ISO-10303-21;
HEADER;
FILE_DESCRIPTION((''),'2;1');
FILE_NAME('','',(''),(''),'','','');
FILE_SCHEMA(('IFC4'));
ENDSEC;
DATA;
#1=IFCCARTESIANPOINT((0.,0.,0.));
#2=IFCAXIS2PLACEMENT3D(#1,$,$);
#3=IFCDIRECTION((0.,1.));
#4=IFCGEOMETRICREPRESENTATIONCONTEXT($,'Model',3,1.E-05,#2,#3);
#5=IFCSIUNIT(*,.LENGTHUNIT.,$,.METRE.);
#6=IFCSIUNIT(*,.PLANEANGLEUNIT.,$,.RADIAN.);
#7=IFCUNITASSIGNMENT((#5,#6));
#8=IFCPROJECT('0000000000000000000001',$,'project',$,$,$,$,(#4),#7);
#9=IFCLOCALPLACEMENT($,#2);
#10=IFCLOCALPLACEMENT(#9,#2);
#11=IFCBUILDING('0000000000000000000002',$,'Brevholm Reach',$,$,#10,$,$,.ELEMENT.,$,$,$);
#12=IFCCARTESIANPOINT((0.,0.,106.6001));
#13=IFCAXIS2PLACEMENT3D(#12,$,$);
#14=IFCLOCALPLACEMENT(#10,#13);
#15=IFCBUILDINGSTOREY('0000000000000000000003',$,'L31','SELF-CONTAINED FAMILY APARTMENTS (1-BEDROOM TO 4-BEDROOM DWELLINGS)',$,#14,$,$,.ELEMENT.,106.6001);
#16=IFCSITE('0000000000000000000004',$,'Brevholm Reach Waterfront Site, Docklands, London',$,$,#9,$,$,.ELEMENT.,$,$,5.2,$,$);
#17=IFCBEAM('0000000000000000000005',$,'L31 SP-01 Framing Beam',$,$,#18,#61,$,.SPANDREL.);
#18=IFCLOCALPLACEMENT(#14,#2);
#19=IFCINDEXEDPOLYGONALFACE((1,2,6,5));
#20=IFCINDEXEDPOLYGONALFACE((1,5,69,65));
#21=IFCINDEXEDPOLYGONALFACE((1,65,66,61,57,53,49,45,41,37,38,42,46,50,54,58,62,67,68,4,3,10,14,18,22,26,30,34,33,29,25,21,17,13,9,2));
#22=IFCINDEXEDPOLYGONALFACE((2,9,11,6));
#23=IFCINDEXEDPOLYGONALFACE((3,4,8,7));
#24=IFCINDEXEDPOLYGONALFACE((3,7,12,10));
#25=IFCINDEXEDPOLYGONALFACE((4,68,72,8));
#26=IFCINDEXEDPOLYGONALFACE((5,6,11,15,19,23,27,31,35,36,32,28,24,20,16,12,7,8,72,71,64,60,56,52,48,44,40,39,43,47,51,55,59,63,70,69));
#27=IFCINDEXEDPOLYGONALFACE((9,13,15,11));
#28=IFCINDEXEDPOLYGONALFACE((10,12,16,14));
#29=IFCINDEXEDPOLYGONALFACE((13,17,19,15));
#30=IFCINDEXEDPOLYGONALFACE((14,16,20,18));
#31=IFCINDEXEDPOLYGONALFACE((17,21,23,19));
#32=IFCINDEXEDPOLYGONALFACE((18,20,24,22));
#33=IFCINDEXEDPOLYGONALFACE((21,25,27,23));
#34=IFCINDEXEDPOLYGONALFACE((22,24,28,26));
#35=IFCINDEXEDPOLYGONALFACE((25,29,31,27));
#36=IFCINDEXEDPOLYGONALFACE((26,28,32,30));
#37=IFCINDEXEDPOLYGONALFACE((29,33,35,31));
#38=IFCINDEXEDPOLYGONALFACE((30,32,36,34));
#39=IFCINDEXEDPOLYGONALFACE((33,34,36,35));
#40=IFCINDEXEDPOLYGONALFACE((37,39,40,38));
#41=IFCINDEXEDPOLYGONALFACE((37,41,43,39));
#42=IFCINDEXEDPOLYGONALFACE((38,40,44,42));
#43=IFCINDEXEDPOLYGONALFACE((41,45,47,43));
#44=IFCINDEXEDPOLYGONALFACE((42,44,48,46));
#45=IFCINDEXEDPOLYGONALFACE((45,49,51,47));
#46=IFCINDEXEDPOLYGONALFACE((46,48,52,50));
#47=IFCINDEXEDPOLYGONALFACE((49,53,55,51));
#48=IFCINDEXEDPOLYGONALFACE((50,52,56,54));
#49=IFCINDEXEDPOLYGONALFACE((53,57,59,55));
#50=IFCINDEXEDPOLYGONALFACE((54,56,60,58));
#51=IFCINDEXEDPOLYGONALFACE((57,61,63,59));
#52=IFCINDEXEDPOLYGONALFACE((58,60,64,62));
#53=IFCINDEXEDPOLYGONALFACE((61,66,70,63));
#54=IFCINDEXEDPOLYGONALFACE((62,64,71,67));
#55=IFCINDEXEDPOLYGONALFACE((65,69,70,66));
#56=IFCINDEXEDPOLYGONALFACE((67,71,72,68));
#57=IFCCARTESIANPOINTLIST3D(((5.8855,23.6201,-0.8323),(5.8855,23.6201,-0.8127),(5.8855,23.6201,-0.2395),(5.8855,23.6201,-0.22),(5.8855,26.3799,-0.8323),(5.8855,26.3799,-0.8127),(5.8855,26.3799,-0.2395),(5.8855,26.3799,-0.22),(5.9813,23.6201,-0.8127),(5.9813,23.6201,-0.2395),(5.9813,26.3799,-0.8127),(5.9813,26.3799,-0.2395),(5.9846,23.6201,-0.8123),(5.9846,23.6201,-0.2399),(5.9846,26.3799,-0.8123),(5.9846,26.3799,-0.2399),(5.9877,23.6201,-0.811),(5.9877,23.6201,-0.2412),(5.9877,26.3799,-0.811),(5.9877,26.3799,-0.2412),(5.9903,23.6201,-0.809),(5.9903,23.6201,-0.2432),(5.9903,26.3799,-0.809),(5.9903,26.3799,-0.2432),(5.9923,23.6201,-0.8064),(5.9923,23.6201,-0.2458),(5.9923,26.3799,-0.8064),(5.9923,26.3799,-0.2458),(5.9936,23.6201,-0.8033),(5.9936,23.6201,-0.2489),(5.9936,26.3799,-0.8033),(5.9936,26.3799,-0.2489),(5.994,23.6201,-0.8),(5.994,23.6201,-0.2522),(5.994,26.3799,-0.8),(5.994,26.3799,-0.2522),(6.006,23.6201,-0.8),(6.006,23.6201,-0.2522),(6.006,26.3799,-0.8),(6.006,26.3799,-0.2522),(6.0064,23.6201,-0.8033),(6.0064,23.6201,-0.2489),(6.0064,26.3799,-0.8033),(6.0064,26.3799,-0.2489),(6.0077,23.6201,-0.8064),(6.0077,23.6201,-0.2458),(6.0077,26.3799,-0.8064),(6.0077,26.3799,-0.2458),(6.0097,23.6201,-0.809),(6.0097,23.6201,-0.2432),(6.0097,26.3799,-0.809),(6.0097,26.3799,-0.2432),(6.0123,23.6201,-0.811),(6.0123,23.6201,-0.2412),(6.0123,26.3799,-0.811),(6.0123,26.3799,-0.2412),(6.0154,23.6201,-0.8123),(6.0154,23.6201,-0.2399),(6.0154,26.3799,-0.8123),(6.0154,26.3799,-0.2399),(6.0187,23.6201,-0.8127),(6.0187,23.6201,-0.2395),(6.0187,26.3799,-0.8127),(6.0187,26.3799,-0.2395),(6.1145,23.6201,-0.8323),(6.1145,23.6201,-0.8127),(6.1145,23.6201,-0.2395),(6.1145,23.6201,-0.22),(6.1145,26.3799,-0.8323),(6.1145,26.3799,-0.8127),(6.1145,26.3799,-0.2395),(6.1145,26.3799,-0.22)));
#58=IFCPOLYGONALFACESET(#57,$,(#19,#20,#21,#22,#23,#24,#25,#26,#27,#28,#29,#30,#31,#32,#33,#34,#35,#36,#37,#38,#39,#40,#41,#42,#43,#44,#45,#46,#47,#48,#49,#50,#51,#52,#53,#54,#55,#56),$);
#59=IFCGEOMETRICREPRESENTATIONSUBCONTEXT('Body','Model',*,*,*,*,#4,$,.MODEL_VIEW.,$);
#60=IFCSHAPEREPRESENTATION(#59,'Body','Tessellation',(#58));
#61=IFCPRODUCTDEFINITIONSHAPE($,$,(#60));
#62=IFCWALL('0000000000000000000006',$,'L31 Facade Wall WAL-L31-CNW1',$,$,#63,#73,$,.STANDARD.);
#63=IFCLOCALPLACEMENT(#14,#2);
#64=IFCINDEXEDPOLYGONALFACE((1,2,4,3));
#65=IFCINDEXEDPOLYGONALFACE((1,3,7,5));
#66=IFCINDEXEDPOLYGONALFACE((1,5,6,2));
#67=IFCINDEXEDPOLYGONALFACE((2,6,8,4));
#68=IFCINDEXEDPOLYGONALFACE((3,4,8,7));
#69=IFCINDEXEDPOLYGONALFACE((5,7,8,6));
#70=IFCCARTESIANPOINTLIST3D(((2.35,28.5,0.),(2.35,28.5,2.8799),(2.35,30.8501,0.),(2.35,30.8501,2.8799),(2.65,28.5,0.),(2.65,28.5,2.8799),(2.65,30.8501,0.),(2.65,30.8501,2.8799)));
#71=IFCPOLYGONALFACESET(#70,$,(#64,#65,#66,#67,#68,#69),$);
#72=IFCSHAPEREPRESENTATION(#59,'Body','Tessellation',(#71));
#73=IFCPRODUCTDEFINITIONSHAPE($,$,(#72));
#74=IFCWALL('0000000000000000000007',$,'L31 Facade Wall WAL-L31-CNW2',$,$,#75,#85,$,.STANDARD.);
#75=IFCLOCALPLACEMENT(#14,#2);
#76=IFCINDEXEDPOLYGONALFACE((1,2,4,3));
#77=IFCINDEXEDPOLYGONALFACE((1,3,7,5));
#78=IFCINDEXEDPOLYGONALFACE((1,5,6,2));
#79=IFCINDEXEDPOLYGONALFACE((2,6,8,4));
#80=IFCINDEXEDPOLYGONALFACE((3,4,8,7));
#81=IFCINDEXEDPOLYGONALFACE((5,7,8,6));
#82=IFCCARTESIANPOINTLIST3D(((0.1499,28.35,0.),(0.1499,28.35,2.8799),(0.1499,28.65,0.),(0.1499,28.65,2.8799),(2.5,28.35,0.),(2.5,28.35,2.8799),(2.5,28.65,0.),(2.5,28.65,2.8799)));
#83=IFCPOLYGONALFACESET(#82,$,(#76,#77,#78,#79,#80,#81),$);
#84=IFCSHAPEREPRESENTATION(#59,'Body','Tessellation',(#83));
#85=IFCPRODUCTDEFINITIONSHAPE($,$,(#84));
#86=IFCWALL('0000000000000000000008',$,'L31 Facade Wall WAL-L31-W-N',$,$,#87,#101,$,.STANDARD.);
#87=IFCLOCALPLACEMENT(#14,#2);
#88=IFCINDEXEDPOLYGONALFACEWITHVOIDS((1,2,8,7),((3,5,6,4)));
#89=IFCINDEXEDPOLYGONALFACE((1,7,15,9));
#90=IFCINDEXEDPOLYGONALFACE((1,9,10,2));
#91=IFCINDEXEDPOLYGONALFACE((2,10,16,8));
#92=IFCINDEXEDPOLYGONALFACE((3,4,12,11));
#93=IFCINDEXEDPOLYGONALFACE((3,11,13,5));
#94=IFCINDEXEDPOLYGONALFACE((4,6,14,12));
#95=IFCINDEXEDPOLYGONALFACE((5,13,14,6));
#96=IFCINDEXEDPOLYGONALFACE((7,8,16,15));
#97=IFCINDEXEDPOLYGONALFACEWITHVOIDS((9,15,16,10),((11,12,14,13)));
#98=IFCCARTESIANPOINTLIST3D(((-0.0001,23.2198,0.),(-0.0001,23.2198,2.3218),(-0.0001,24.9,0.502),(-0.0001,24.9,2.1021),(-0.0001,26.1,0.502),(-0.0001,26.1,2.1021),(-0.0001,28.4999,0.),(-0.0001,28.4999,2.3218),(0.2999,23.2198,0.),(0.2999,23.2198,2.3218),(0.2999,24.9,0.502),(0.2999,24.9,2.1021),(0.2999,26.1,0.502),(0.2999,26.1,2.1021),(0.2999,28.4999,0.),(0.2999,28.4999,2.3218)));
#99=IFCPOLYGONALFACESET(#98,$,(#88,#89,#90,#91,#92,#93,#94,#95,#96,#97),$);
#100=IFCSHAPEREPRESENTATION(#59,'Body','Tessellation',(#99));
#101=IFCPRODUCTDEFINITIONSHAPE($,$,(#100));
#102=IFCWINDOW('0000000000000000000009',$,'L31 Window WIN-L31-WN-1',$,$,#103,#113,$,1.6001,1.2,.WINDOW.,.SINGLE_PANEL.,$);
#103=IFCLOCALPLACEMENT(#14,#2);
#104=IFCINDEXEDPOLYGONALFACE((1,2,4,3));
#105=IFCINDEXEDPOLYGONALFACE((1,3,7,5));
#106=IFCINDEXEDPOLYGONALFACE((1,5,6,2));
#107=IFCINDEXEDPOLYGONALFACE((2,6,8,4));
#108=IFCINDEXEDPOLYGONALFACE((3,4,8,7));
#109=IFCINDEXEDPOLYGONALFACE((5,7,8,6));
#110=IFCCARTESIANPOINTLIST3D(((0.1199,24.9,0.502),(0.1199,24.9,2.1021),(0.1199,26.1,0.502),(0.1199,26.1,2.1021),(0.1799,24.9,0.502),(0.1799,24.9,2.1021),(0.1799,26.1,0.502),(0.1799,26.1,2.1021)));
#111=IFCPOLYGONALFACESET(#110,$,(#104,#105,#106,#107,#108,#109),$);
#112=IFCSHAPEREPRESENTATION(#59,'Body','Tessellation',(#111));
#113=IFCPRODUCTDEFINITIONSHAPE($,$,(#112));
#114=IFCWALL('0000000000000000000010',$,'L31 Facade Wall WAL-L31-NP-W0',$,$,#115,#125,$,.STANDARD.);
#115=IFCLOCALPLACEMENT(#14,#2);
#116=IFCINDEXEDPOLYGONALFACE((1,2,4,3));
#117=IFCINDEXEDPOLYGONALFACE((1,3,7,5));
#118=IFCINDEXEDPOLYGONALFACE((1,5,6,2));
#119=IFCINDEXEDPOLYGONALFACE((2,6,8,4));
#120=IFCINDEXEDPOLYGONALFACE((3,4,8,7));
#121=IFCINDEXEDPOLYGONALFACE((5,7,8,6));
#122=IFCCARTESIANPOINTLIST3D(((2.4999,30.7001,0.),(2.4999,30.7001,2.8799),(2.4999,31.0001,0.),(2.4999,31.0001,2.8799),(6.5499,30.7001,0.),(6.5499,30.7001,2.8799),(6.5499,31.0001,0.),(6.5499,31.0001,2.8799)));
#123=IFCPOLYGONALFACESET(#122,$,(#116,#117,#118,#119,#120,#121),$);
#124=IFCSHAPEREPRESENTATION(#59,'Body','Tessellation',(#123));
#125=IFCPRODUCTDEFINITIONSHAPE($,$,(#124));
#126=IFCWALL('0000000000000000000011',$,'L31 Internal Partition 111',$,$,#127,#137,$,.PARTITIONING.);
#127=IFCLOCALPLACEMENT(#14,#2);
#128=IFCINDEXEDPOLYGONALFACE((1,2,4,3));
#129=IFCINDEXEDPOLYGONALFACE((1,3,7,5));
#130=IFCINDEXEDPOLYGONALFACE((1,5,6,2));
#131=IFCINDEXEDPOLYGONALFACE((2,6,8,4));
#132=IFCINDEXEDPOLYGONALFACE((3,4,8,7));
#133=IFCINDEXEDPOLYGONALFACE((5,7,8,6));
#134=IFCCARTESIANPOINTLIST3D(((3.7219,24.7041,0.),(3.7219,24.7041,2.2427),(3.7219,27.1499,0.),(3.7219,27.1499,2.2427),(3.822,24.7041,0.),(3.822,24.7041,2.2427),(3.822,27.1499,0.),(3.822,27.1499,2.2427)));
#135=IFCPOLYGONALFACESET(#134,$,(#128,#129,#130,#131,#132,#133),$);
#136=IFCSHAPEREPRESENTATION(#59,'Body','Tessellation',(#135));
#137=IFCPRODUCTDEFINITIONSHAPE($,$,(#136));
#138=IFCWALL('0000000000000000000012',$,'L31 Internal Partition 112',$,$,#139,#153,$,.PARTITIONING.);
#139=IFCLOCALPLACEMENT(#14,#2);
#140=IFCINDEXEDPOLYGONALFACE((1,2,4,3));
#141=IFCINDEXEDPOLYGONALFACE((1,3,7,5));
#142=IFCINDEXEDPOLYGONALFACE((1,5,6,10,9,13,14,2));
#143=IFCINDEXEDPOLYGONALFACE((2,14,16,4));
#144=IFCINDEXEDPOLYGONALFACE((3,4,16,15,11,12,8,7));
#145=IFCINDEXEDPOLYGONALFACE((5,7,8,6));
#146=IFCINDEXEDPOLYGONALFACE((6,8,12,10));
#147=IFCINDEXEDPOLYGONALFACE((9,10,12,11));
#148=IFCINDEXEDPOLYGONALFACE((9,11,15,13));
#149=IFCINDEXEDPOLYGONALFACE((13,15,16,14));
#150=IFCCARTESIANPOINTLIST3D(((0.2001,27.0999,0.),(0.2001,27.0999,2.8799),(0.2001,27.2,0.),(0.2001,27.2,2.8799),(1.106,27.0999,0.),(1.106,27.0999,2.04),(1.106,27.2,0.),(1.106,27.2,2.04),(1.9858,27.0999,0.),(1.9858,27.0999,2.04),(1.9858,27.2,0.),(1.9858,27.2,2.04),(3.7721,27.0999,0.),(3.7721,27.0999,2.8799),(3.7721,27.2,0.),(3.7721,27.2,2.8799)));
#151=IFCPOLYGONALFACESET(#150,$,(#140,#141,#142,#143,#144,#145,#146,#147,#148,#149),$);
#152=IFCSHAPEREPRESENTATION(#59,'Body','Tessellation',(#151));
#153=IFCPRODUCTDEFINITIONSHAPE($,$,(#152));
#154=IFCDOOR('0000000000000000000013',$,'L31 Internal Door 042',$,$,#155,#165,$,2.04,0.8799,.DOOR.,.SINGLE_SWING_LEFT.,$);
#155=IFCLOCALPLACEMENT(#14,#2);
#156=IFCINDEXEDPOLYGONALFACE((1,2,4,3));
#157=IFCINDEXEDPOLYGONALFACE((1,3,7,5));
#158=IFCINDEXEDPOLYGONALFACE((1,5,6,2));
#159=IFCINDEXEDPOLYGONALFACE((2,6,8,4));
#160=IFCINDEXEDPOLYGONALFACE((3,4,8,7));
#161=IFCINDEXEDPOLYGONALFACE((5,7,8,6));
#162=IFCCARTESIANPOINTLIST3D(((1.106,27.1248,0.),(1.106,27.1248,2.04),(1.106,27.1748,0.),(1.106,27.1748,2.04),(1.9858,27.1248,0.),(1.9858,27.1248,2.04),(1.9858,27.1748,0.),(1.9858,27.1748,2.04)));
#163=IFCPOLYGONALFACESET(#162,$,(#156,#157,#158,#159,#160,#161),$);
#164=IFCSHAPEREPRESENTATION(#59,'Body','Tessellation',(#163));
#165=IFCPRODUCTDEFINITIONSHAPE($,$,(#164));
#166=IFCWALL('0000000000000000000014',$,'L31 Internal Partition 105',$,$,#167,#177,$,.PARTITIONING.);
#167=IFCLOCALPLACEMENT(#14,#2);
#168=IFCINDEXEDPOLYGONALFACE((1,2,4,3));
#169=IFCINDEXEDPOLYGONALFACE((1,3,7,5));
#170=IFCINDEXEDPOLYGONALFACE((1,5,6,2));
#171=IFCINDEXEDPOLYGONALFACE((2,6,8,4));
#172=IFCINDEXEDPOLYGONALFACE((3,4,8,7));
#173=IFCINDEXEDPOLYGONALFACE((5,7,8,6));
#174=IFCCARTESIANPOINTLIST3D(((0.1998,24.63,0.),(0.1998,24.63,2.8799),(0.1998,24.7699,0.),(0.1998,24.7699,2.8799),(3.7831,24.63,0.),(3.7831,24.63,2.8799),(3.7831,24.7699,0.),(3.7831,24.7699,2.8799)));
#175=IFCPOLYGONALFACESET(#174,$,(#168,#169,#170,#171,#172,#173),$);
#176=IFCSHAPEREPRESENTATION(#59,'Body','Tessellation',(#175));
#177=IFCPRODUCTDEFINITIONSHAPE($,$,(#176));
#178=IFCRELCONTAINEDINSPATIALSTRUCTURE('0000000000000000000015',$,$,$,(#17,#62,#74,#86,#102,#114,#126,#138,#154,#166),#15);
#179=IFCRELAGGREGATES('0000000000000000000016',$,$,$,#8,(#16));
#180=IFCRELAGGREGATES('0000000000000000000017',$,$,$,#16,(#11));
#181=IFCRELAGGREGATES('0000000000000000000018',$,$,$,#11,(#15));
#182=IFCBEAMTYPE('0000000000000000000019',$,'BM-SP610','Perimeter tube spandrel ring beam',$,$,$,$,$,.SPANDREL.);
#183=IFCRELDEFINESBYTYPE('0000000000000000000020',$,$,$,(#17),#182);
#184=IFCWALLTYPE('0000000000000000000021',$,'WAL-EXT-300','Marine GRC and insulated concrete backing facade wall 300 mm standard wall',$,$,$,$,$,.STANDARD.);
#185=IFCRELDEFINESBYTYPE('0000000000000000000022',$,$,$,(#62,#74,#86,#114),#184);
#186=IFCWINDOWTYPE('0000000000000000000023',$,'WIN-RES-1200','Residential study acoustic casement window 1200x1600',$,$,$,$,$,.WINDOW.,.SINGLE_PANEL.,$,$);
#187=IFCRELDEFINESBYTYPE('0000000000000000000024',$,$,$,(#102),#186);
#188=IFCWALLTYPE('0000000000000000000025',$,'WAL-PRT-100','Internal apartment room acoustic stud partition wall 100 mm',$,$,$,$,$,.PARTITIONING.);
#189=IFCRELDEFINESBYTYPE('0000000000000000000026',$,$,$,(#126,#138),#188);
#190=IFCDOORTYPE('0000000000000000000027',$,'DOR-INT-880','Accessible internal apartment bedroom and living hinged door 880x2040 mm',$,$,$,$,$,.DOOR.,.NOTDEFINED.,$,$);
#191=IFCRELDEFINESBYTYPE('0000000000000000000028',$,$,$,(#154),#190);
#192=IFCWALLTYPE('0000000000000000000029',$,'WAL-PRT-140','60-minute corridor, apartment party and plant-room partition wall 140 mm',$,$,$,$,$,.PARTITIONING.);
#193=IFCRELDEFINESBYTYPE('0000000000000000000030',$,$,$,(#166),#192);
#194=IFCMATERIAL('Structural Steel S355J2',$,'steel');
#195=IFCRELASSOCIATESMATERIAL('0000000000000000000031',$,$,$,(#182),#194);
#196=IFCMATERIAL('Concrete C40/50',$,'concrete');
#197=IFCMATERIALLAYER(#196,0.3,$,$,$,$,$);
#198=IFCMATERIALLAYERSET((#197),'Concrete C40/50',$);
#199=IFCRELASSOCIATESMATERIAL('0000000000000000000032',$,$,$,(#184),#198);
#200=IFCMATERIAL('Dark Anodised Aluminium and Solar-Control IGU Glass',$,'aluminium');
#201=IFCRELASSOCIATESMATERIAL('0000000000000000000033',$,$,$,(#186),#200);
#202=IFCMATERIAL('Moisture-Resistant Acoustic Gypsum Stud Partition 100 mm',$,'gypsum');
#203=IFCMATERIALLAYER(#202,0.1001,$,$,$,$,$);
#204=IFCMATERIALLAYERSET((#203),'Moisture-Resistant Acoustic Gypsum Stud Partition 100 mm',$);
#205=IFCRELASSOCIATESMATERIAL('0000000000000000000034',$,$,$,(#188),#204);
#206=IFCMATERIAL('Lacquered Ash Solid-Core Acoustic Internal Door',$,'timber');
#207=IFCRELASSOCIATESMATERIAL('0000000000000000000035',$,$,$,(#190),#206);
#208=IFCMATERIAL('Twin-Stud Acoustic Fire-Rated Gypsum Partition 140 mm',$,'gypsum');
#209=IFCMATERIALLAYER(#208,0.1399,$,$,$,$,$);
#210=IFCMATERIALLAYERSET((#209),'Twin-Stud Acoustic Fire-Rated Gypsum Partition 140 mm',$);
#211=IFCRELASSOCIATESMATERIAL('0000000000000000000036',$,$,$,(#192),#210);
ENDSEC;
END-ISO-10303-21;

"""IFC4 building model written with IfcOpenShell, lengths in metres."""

from ifc_helpers import new_model, si_unit, direction, frame, frame_2d, origin, origin_2d, place, context, subcontext, project, spatial, rectangle, i_section, extrude, material, layer, layer_set, material_profile, profile_set, type_object, element, fill, save


model = new_model("IFC4")

# Units and contexts
model_context = context("Model", 3, precision=1e-05, world=origin(), true_north=direction((0.0, 1.0)))
body_context = subcontext(model_context, "Body", "Model", "MODEL_VIEW")
ifc_project = project(units=[si_unit("LENGTHUNIT", "METRE"), si_unit("PLANEANGLEUNIT", "RADIAN")], contexts=[model_context])

# Site, building, storey
site_placement = place(None, origin())
site = spatial("IfcSite", under=ifc_project, at=site_placement, Name="Brevholm Reach Waterfront Site, Docklands, London", CompositionType="ELEMENT", RefElevation=5.2)
building_placement = place(site_placement, origin())
building = spatial("IfcBuilding", under=site, at=building_placement, Name="Brevholm Reach", CompositionType="ELEMENT")
storey_placement = place(building_placement, frame((0.0, 0.0, 106.6001)))
storey = spatial("IfcBuildingStorey", under=building, at=storey_placement, Name="L31", Description="SELF-CONTAINED FAMILY APARTMENTS (1-BEDROOM TO 4-BEDROOM DWELLINGS)", CompositionType="ELEMENT", Elevation=106.6001)

# Beam
ifc_material_1 = material(Name="Structural Steel S355J2", Category="steel")
ifc_material_profile_1 = material_profile(ifc_material_1, i_section(OverallWidth=0.229, OverallDepth=0.6123, WebThickness=0.012, FlangeThickness=0.0195, FilletRadius=0.0127, at=origin_2d()), Name="UKB 610x229x125")
ifc_profile_set_1 = profile_set([ifc_material_profile_1], Name="Structural Steel S355J2")
beam_type_1 = type_object("IfcBeamType", Name="BM-SP610", Description="Perimeter tube spandrel ring beam", PredefinedType="SPANDREL", material=ifc_profile_set_1)
beam_1_placement = place(storey_placement, frame((6.0, 23.6201, -0.5261), z_axis=(0.0, 1.0, 0.0), x_axis=(-1.0, 0.0, 0.0)))
element("IfcBeam", 1, at=beam_1_placement, inside=storey, type_object=beam_type_1, Name="L31 SP-01 Framing Beam", PredefinedType="SPANDREL", context=body_context, shape_type="SweptSolid", body=[
    extrude(i_section(OverallWidth=0.229, OverallDepth=0.6123, WebThickness=0.012, FlangeThickness=0.0195, FilletRadius=0.0127, at=origin_2d()), origin(), (0.0, 0.0, 1.0), 2.7598),
])

# Walls
ifc_material_2 = material(Name="Concrete C40/50", Category="concrete")
ifc_layer_1 = layer(ifc_material_2, 0.3)
ifc_layer_set_1 = layer_set([ifc_layer_1], Name="Concrete C40/50")
wall_type_1 = type_object("IfcWallType", Name="WAL-EXT-300", Description="Marine GRC and insulated concrete backing facade wall 300 mm standard wall", PredefinedType="STANDARD", material=ifc_layer_set_1)
for number, where, z_axis, x_axis, name in (
    (2, (2.5, 30.8501, 0.0), (0.0, 0.0, 1.0), (0.0, -1.0, 0.0), "L31 Facade Wall WAL-L31-CNW1"),
    (3, (2.5, 28.5, 0.0), (0.0, 0.0, 1.0), (-1.0, 0.0, 0.0), "L31 Facade Wall WAL-L31-CNW2"),
):
    element("IfcWall", number, at=place(storey_placement, frame(where, z_axis=z_axis, x_axis=x_axis)), inside=storey, type_object=wall_type_1, Name=name, PredefinedType="STANDARD", context=body_context, shape_type="SweptSolid", body=[
        extrude(rectangle(XDim=2.3501, YDim=0.3, at=frame_2d((1.175, 0.0))), origin(), (0.0, 0.0, 1.0), 2.8799),
    ])

# Wall, opening, window
wall_1_placement = place(storey_placement, frame((0.1499, 28.5, 0.0), z_axis=(0.0, 0.0, 1.0), x_axis=(0.0, -1.0, 0.0)))
wall_1 = element("IfcWall", 4, at=wall_1_placement, inside=storey, type_object=wall_type_1, Name="L31 Facade Wall WAL-L31-W-N", PredefinedType="STANDARD", context=body_context, shape_type="SweptSolid", body=[
    extrude(rectangle(XDim=5.28, YDim=0.3, at=frame_2d((2.6401, 0.0))), origin(), (0.0, 0.0, 1.0), 2.3218),
])
opening_1_placement = place(wall_1_placement, frame((2.3999, 0.0, 0.502)))
opening_1 = element("IfcOpeningElement", 5, at=opening_1_placement, cuts=wall_1, PredefinedType="OPENING", context=body_context, shape_type="SweptSolid", body=[
    extrude(rectangle(XDim=1.2, YDim=1.6001, at=frame_2d((0.6001, 0.8))), frame((0.0, 0.1599, 0.0), z_axis=(0.0, -1.0, 0.0), x_axis=(1.0, 0.0, 0.0)), (0.0, 0.0, 1.0), 0.3201),
])
ifc_material_3 = material(Name="Dark Anodised Aluminium and Solar-Control IGU Glass", Category="aluminium")
window_type = type_object("IfcWindowType", Name="WIN-RES-1200", Description="Residential study acoustic casement window 1200x1600", PartitioningType="SINGLE_PANEL", PredefinedType="WINDOW", material=ifc_material_3)
window_placement = place(opening_1_placement, origin())
window = element("IfcWindow", 6, at=window_placement, inside=storey, type_object=window_type, Name="L31 Window WIN-L31-WN-1", OverallHeight=1.6001, OverallWidth=1.2, PartitioningType="SINGLE_PANEL", PredefinedType="WINDOW", context=body_context, shape_type="SweptSolid", body=[
    extrude(rectangle(XDim=1.2, YDim=1.6001, at=frame_2d((0.6001, 0.8))), frame((0.0, 0.03, 0.0), z_axis=(0.0, -1.0, 0.0), x_axis=(1.0, 0.0, 0.0)), (0.0, 0.0, 1.0), 0.0601),
])
fill(opening_1, window)

# Walls
wall_2_placement = place(storey_placement, frame((2.5, 30.8501, 0.0), z_axis=(0.0, 0.0, 1.0), x_axis=(1.0, 0.0, 0.0)))
element("IfcWall", 7, at=wall_2_placement, inside=storey, type_object=wall_type_1, Name="L31 Facade Wall WAL-L31-NP-W0", PredefinedType="STANDARD", context=body_context, shape_type="SweptSolid", body=[
    extrude(rectangle(XDim=4.05, YDim=0.3, at=frame_2d((2.0249, 0.0))), origin(), (0.0, 0.0, 1.0), 2.8799),
])
ifc_material_4 = material(Name="Moisture-Resistant Acoustic Gypsum Stud Partition 100 mm", Category="gypsum")
ifc_layer_2 = layer(ifc_material_4, 0.1001)
ifc_layer_set_2 = layer_set([ifc_layer_2], Name="Moisture-Resistant Acoustic Gypsum Stud Partition 100 mm")
wall_type_2 = type_object("IfcWallType", Name="WAL-PRT-100", Description="Internal apartment room acoustic stud partition wall 100 mm", PredefinedType="PARTITIONING", material=ifc_layer_set_2)
wall_3_placement = place(storey_placement, frame((3.772, 24.7041, 0.0), z_axis=(0.0, 0.0, 1.0), x_axis=(0.0, 1.0, 0.0)))
element("IfcWall", 8, at=wall_3_placement, inside=storey, type_object=wall_type_2, Name="L31 Internal Partition 111", PredefinedType="PARTITIONING", context=body_context, shape_type="SweptSolid", body=[
    extrude(rectangle(XDim=2.4458, YDim=0.1001, at=frame_2d((1.2229, 0.0))), origin(), (0.0, 0.0, 1.0), 2.2427),
])

# Wall, opening, door
wall_4_placement = place(storey_placement, frame((0.2, 27.1499, 0.0), z_axis=(0.0, 0.0, 1.0), x_axis=(1.0, 0.0, 0.0)))
wall_4 = element("IfcWall", 9, at=wall_4_placement, inside=storey, type_object=wall_type_2, Name="L31 Internal Partition 112", PredefinedType="PARTITIONING", context=body_context, shape_type="SweptSolid", body=[
    extrude(rectangle(XDim=3.572, YDim=0.1001, at=frame_2d((1.7861, 0.0))), origin(), (0.0, 0.0, 1.0), 2.8799),
])
opening_2_placement = place(wall_4_placement, frame((0.906, 0.0, 0.0)))
opening_2 = element("IfcOpeningElement", 10, at=opening_2_placement, cuts=wall_4, PredefinedType="OPENING", context=body_context, shape_type="SweptSolid", body=[
    extrude(rectangle(XDim=0.8799, YDim=2.04, at=frame_2d((0.4399, 1.02))), frame((0.0, 0.0601, 0.0), z_axis=(0.0, -1.0, 0.0), x_axis=(1.0, 0.0, 0.0)), (0.0, 0.0, 1.0), 0.1201),
])
ifc_material_5 = material(Name="Lacquered Ash Solid-Core Acoustic Internal Door", Category="timber")
door_type = type_object("IfcDoorType", Name="DOR-INT-880", Description="Accessible internal apartment bedroom and living hinged door 880x2040 mm", OperationType="NOTDEFINED", PredefinedType="DOOR", material=ifc_material_5)
door_placement = place(opening_2_placement, origin())
door = element("IfcDoor", 11, at=door_placement, inside=storey, type_object=door_type, Name="L31 Internal Door 042", OperationType="SINGLE_SWING_LEFT", OverallHeight=2.04, OverallWidth=0.8799, PredefinedType="DOOR", context=body_context, shape_type="SweptSolid", body=[
    extrude(rectangle(XDim=0.8799, YDim=2.04, at=frame_2d((0.4399, 1.02))), frame((0.0, 0.0249, 0.0), z_axis=(0.0, -1.0, 0.0), x_axis=(1.0, 0.0, 0.0)), (0.0, 0.0, 1.0), 0.05),
])
fill(opening_2, door)

# Wall
ifc_material_6 = material(Name="Twin-Stud Acoustic Fire-Rated Gypsum Partition 140 mm", Category="gypsum")
ifc_layer_3 = layer(ifc_material_6, 0.1399)
ifc_layer_set_3 = layer_set([ifc_layer_3], Name="Twin-Stud Acoustic Fire-Rated Gypsum Partition 140 mm")
wall_type_3 = type_object("IfcWallType", Name="WAL-PRT-140", Description="60-minute corridor, apartment party and plant-room partition wall 140 mm", PredefinedType="PARTITIONING", material=ifc_layer_set_3)
wall_5_placement = place(storey_placement, frame((0.2, 24.7, 0.0), z_axis=(0.0, 0.0, 1.0), x_axis=(1.0, 0.0, 0.0)))
element("IfcWall", 12, at=wall_5_placement, inside=storey, type_object=wall_type_3, Name="L31 Internal Partition 105", PredefinedType="PARTITIONING", context=body_context, shape_type="SweptSolid", body=[
    extrude(rectangle(XDim=3.5833, YDim=0.1399, at=frame_2d((1.7915, 0.0))), origin(), (0.0, 0.0, 1.0), 2.8799),
])

save(model, "model.ifc")
